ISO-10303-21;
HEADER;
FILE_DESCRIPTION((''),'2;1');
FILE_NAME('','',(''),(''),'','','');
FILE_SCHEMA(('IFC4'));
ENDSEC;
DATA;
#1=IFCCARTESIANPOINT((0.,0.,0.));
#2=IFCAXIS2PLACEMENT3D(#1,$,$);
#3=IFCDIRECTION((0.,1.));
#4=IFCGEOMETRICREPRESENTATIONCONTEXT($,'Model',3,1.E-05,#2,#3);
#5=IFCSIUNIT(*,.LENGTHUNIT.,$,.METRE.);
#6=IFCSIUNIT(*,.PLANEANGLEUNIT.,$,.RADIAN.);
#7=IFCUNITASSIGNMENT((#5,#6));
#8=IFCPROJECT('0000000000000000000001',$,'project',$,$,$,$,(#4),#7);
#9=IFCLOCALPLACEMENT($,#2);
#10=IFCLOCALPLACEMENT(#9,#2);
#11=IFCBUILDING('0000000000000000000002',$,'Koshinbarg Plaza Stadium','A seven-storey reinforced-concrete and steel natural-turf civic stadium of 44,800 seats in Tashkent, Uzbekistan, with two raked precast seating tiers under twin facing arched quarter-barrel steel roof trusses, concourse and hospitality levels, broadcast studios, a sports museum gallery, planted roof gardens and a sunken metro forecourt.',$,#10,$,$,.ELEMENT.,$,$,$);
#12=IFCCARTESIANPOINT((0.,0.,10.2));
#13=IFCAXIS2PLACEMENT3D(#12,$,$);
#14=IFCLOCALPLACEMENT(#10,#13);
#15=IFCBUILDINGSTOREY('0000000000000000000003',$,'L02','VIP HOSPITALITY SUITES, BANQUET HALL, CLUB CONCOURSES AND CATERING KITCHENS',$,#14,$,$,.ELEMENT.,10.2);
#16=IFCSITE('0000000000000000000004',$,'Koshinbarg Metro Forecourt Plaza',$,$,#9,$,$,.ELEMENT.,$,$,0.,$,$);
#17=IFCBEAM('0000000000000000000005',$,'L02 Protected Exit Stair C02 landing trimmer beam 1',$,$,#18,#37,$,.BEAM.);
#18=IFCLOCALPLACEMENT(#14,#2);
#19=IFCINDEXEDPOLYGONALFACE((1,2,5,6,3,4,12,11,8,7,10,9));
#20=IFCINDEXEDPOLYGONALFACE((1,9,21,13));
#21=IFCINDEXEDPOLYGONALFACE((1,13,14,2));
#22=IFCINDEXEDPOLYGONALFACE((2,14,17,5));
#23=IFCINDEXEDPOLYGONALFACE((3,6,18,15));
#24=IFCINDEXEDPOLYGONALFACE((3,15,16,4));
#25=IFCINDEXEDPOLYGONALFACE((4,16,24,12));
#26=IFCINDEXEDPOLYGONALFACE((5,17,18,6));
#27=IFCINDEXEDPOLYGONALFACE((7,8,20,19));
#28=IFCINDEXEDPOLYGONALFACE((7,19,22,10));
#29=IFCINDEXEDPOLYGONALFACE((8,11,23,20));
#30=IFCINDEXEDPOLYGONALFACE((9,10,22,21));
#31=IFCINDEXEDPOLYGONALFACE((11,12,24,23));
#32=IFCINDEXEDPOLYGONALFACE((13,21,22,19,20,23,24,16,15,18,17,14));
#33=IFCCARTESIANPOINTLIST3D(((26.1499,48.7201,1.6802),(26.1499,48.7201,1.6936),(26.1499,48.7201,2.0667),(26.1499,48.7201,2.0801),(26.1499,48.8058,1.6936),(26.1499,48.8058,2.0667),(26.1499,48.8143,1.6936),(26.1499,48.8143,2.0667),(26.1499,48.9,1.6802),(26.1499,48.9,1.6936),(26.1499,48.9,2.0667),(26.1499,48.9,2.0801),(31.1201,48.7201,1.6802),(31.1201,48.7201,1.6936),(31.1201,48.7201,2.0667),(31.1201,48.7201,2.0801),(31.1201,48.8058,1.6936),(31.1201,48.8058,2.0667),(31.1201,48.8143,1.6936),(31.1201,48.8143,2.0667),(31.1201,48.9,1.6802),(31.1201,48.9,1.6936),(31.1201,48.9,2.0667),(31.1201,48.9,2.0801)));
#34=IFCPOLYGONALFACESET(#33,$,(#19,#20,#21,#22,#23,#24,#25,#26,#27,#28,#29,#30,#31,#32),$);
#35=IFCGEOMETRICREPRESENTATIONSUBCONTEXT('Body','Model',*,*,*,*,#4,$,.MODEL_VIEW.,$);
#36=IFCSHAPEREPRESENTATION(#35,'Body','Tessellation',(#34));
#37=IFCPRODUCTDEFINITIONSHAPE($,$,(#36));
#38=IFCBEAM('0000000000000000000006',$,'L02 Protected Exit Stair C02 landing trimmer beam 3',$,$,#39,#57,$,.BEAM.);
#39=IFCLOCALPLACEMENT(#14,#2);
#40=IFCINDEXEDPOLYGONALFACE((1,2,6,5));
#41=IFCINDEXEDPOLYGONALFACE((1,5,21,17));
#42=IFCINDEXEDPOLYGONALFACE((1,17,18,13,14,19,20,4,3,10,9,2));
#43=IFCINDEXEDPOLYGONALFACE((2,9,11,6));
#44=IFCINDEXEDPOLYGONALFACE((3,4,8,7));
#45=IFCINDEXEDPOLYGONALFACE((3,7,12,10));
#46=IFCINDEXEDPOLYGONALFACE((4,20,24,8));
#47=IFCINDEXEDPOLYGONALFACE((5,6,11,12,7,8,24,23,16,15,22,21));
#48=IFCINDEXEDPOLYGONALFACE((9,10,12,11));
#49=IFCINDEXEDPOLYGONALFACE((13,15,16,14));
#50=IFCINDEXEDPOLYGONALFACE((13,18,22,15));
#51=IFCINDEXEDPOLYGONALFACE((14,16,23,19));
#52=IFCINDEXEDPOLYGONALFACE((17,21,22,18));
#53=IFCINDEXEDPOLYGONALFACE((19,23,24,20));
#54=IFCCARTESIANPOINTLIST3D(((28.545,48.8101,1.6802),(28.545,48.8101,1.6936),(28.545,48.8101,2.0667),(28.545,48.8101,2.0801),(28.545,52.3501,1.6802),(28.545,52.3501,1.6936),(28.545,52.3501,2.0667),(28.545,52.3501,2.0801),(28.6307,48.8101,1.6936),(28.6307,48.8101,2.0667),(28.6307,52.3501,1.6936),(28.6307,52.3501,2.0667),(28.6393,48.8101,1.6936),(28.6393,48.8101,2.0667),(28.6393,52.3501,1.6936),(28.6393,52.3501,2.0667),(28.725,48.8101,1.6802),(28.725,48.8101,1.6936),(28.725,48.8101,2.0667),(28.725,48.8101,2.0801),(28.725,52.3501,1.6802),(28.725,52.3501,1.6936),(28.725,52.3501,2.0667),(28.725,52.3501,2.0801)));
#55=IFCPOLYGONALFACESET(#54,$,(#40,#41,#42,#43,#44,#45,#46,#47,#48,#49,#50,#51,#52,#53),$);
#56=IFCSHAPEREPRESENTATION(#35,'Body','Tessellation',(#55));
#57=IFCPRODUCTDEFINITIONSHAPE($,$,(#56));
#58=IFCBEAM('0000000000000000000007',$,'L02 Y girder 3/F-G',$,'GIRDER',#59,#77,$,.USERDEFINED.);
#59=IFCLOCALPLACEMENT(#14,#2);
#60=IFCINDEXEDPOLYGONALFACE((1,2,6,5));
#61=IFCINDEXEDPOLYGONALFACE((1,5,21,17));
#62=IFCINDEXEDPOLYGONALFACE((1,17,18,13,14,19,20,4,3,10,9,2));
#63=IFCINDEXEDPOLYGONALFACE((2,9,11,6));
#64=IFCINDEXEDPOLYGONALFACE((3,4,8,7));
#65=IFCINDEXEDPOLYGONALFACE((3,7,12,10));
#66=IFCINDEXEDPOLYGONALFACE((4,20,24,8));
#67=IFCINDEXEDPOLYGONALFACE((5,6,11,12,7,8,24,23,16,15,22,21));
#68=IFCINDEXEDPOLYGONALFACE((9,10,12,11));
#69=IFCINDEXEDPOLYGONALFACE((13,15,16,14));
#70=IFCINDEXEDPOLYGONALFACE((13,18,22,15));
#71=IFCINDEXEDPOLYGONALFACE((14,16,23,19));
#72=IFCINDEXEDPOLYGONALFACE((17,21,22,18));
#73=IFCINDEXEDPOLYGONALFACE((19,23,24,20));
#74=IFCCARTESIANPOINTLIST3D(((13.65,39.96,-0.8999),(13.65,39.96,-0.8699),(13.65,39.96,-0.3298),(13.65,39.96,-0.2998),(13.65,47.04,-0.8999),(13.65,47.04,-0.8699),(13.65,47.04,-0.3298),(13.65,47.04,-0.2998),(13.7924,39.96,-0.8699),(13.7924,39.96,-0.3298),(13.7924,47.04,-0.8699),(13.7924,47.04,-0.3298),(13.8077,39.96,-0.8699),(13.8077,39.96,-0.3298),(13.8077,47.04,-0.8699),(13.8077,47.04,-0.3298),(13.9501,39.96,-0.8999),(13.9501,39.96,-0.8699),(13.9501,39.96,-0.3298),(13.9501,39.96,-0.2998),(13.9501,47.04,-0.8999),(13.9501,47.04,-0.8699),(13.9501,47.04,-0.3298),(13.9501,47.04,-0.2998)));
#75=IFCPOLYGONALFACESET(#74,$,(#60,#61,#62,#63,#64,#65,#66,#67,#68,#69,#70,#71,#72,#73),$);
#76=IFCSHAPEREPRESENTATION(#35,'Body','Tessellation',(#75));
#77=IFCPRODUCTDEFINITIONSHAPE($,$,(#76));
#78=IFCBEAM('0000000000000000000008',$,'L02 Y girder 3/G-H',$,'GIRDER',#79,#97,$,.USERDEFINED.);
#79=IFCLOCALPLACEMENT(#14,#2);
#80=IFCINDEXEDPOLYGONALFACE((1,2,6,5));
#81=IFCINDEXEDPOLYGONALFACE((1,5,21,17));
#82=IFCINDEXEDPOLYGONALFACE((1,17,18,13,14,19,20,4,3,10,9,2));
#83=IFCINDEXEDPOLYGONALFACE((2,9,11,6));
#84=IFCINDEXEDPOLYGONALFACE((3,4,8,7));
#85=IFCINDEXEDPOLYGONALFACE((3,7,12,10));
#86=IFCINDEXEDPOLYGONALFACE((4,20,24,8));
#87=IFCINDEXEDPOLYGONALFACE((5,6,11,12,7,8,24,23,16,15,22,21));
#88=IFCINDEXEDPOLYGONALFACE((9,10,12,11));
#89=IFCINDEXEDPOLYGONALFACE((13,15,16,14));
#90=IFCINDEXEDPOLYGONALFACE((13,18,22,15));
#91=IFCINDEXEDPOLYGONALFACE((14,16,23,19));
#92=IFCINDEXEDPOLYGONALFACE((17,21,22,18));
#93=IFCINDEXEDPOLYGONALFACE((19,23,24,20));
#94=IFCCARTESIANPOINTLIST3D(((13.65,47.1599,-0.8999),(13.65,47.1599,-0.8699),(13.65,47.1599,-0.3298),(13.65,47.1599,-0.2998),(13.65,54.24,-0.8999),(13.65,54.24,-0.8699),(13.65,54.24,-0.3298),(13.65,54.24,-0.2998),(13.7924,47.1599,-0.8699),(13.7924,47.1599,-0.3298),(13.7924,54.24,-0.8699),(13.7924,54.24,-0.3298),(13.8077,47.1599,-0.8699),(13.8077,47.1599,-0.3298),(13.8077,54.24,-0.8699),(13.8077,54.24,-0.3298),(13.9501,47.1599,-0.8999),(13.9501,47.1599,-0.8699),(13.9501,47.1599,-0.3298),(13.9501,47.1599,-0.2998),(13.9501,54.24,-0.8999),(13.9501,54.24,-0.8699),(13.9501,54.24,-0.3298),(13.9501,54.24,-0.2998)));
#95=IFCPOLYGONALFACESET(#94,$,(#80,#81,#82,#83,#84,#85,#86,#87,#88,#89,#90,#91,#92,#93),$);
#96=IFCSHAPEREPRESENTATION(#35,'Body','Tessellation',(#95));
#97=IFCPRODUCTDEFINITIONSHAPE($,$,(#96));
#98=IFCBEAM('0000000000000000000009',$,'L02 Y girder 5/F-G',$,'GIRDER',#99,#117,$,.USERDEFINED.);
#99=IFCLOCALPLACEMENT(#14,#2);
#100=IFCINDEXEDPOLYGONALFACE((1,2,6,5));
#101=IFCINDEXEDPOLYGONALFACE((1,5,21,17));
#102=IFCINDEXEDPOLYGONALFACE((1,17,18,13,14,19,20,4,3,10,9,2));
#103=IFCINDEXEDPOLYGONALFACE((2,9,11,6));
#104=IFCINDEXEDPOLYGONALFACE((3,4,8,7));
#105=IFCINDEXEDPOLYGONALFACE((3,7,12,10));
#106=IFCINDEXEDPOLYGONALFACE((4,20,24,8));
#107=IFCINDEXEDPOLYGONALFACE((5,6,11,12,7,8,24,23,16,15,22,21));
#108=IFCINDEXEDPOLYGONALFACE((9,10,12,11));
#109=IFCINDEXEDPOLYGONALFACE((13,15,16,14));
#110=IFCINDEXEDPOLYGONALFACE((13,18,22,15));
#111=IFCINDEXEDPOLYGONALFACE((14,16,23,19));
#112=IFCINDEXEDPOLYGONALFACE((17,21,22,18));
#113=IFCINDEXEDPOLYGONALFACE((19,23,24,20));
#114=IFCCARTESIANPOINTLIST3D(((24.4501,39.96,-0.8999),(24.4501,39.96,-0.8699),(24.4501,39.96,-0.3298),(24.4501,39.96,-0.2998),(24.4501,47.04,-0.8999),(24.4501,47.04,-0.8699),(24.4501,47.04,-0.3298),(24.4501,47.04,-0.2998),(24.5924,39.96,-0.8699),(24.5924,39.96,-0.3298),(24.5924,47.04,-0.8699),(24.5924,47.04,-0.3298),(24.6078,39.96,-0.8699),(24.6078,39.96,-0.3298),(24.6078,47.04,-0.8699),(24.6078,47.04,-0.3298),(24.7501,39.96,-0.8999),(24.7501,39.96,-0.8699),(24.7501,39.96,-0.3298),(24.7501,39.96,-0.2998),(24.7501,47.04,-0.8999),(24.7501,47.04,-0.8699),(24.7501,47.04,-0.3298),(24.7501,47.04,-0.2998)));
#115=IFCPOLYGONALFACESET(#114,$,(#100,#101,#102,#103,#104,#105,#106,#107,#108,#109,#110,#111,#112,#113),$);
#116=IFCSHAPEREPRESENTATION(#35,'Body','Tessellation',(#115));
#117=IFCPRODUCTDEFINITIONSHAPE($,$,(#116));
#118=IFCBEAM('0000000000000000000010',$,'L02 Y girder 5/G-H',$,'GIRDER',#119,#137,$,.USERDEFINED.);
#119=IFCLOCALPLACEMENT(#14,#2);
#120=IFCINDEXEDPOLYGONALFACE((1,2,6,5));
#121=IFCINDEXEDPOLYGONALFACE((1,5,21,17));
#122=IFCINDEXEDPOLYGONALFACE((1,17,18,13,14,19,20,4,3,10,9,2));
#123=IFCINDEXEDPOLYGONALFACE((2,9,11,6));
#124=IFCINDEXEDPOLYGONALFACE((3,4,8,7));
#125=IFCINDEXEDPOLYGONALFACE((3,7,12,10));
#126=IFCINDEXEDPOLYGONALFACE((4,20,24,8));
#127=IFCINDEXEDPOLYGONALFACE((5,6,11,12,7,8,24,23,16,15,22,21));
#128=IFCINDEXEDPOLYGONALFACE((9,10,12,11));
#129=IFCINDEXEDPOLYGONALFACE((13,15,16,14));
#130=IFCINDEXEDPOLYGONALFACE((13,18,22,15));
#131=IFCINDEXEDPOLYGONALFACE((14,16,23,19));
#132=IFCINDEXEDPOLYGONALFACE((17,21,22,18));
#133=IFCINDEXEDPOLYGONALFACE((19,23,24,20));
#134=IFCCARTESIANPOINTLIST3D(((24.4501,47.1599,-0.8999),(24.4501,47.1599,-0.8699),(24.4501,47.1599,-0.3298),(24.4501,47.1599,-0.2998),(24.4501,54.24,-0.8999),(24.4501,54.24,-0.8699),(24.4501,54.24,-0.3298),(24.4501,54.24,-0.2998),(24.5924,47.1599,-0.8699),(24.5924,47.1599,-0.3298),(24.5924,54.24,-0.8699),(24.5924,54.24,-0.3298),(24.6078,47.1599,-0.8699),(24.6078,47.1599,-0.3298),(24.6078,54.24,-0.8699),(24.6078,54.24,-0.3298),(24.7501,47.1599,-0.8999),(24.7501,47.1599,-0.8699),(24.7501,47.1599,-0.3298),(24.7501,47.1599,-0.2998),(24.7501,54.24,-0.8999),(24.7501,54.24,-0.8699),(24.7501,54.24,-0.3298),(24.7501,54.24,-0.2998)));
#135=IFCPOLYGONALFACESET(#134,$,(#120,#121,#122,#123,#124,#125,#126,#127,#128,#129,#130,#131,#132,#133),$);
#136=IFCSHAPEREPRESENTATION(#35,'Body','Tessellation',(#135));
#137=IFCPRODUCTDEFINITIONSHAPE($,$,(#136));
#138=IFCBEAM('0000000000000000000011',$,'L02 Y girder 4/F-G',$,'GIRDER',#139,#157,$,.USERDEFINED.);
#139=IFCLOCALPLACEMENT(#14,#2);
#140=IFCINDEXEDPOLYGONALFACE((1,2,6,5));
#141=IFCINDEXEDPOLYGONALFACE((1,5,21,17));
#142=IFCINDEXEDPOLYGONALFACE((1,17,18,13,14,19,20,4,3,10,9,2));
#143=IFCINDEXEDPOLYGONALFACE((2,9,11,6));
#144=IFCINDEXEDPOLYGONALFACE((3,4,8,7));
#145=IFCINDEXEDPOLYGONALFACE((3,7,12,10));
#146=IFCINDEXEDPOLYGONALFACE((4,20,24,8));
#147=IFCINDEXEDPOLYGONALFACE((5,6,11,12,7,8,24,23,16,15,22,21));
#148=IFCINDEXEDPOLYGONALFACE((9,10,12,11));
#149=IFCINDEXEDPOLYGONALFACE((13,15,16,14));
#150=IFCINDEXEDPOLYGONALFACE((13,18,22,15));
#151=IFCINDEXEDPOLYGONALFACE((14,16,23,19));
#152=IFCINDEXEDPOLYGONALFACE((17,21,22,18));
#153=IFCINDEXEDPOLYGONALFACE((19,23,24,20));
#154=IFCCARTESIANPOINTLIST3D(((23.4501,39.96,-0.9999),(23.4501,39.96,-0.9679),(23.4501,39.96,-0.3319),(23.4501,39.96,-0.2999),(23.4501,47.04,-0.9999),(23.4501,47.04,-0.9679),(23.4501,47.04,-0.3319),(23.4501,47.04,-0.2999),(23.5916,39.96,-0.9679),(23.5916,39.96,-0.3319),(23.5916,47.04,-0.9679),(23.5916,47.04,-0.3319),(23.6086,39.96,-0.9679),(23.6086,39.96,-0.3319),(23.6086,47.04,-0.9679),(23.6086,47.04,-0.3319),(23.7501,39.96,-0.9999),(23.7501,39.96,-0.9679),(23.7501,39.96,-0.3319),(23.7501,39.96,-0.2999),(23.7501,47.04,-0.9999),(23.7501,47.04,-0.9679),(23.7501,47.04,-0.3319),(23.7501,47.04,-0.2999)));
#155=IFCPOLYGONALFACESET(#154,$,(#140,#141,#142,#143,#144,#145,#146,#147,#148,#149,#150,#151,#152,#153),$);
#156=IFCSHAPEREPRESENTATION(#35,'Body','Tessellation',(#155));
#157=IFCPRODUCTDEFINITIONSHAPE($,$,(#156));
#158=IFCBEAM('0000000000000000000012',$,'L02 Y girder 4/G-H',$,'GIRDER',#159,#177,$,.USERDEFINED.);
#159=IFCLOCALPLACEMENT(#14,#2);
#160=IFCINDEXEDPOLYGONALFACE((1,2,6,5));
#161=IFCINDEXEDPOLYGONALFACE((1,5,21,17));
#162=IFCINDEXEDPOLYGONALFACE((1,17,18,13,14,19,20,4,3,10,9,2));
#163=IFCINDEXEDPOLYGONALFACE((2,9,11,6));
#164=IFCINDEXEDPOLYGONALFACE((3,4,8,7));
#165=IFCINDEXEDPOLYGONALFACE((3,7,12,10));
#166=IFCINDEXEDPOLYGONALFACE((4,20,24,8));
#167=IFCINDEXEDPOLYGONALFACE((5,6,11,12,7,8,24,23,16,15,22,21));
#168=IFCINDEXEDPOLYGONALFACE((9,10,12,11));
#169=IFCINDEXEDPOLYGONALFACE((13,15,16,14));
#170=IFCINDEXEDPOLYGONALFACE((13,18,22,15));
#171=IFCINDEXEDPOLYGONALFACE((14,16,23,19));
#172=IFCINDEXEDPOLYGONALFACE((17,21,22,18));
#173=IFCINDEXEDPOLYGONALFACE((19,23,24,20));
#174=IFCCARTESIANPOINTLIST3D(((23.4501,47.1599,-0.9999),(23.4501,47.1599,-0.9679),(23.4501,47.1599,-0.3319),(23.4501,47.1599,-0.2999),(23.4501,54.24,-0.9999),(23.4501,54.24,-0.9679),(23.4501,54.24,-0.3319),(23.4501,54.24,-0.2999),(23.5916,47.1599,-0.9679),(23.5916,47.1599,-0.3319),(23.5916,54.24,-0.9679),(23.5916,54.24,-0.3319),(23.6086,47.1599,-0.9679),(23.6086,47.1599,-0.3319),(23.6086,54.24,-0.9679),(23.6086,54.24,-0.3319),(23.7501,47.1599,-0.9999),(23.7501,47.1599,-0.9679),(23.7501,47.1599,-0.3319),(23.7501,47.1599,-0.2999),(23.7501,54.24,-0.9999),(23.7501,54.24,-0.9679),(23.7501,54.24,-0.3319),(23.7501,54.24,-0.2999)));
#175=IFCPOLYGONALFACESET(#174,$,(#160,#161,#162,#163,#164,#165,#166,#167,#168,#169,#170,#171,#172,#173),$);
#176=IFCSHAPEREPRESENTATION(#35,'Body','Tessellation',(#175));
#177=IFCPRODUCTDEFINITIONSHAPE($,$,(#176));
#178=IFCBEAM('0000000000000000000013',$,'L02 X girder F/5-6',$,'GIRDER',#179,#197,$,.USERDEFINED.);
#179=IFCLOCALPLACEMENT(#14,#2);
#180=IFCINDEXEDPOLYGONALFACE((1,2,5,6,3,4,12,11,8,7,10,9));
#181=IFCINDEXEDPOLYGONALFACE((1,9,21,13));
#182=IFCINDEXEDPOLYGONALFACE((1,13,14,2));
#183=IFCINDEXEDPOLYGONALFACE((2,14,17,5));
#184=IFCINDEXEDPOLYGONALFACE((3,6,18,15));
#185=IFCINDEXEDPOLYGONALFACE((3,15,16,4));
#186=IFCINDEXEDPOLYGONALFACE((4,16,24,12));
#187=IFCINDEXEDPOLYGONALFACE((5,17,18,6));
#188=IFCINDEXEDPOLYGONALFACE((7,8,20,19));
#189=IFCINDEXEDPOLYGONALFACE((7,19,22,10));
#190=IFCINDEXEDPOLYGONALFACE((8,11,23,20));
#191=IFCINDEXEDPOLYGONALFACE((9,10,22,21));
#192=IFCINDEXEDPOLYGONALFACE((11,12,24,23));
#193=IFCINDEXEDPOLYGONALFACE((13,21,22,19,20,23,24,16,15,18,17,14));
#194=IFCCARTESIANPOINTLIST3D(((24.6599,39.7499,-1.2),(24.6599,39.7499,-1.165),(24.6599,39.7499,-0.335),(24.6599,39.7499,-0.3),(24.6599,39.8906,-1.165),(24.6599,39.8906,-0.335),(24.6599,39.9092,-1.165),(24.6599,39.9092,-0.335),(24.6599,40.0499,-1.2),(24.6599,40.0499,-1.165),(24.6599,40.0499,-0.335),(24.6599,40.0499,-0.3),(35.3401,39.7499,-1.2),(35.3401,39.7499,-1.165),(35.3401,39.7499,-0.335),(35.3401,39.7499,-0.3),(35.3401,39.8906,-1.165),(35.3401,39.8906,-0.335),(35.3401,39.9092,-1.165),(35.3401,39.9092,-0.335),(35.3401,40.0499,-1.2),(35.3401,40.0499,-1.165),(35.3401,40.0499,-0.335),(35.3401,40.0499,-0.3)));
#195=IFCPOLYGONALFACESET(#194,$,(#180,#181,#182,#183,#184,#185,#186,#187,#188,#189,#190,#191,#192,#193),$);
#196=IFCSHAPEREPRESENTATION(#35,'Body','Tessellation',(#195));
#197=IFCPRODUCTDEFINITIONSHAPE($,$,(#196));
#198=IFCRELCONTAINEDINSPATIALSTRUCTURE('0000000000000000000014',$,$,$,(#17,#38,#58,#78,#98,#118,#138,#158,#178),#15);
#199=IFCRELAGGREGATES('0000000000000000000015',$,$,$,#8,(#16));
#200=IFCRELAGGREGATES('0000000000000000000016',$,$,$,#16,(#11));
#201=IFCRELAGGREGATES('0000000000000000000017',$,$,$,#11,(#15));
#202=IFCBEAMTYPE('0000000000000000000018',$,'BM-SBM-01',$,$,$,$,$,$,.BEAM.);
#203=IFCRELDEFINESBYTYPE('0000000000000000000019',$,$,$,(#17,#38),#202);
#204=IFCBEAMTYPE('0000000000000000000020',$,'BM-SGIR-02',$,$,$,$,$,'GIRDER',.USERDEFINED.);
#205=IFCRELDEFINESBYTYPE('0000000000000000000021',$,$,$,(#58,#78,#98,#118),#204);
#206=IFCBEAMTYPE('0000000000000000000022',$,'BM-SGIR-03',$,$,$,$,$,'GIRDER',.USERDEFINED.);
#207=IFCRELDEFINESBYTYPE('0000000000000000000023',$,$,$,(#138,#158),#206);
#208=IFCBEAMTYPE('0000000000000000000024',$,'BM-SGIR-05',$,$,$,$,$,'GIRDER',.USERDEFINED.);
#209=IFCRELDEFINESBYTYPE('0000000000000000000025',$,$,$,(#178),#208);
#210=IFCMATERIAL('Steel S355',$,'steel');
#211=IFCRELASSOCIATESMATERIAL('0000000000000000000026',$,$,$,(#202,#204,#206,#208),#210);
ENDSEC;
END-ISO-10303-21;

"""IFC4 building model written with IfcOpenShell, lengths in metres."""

from ifc_helpers import new_model, si_unit, direction, frame, origin, origin_2d, place, context, subcontext, project, spatial, i_section, extrude, material, material_profile, profile_set, type_object, element, save


model = new_model("IFC4")

# Units and contexts
model_context = context("Model", 3, precision=1e-05, world=origin(), true_north=direction((0.0, 1.0)))
body_context = subcontext(model_context, "Body", "Model", "MODEL_VIEW")
ifc_project = project(units=[si_unit("LENGTHUNIT", "METRE"), si_unit("PLANEANGLEUNIT", "RADIAN")], contexts=[model_context])

# Site, building, storey
site_placement = place(None, origin())
site = spatial("IfcSite", under=ifc_project, at=site_placement, Name="Koshinbarg Metro Forecourt Plaza", CompositionType="ELEMENT", RefElevation=0.0)
building_placement = place(site_placement, origin())
building = spatial("IfcBuilding", under=site, at=building_placement, Name="Koshinbarg Plaza Stadium", Description="A seven-storey reinforced-concrete and steel natural-turf civic stadium of 44,800 seats in Tashkent, Uzbekistan, with two raked precast seating tiers under twin facing arched quarter-barrel steel roof trusses, concourse and hospitality levels, broadcast studios, a sports museum gallery, planted roof gardens and a sunken metro forecourt.", CompositionType="ELEMENT")
storey_placement = place(building_placement, frame((0.0, 0.0, 10.2)))
storey = spatial("IfcBuildingStorey", under=building, at=storey_placement, Name="L02", Description="VIP HOSPITALITY SUITES, BANQUET HALL, CLUB CONCOURSES AND CATERING KITCHENS", CompositionType="ELEMENT", Elevation=10.2)

# Shared definitions
ifc_material_1 = material(Name="Steel S355", Category="steel")

# Beams
ifc_material_profile_1 = material_profile(ifc_material_1, i_section(OverallWidth=0.1799, OverallDepth=0.3999, WebThickness=0.0085, FlangeThickness=0.0134, at=origin_2d()), Name="IPE 400")
ifc_profile_set_1 = profile_set([ifc_material_profile_1], Name="Steel S355")
beam_type_1 = type_object("IfcBeamType", Name="BM-SBM-01", PredefinedType="BEAM", material=ifc_profile_set_1)
for number, where, z_axis, x_axis, name in (
    (1, (26.1499, 48.8101, 1.8801), (1.0, 0.0, 0.0), (0.0, 1.0, 0.0), "L02 Protected Exit Stair C02 landing trimmer beam 1"),
):
    element("IfcBeam", number, at=place(storey_placement, frame(where, z_axis=z_axis, x_axis=x_axis)), inside=storey, type_object=beam_type_1, Name=name, PredefinedType="BEAM", context=body_context, shape_type="SweptSolid", body=[
        extrude(i_section(OverallWidth=0.1799, OverallDepth=0.3999, WebThickness=0.0085, FlangeThickness=0.0134, at=origin_2d()), origin(), (0.0, 0.0, 1.0), 4.9702),
    ])
beam_1_placement = place(storey_placement, frame((28.635, 48.8101, 1.8801), z_axis=(0.0, 1.0, 0.0), x_axis=(-1.0, 0.0, 0.0)))
element("IfcBeam", 2, at=beam_1_placement, inside=storey, type_object=beam_type_1, Name="L02 Protected Exit Stair C02 landing trimmer beam 3", PredefinedType="BEAM", context=body_context, shape_type="SweptSolid", body=[
    extrude(i_section(OverallWidth=0.1799, OverallDepth=0.3999, WebThickness=0.0085, FlangeThickness=0.0134, at=origin_2d()), origin(), (0.0, 0.0, 1.0), 3.54),
])
ifc_material_profile_2 = material_profile(ifc_material_1, i_section(OverallWidth=0.3, OverallDepth=0.6001, WebThickness=0.0154, FlangeThickness=0.03, at=origin_2d()), Name="HEB 600")
ifc_profile_set_2 = profile_set([ifc_material_profile_2], Name="Steel S355")
beam_type_2 = type_object("IfcBeamType", Name="BM-SGIR-02", ElementType="GIRDER", PredefinedType="USERDEFINED", material=ifc_profile_set_2)
for number, where, z_axis, x_axis, name in (
    (3, (13.8, 39.96, -0.5999), (0.0, 1.0, 0.0), (-1.0, 0.0, 0.0), "L02 Y girder 3/F-G"),
    (4, (13.8, 47.1599, -0.5999), (0.0, 1.0, 0.0), (-1.0, 0.0, 0.0), "L02 Y girder 3/G-H"),
    (5, (24.6001, 39.96, -0.5999), (0.0, 1.0, 0.0), (-1.0, 0.0, 0.0), "L02 Y girder 5/F-G"),
    (6, (24.6001, 47.1599, -0.5999), (0.0, 1.0, 0.0), (-1.0, 0.0, 0.0), "L02 Y girder 5/G-H"),
):
    element("IfcBeam", number, at=place(storey_placement, frame(where, z_axis=z_axis, x_axis=x_axis)), inside=storey, type_object=beam_type_2, Name=name, ObjectType="GIRDER", PredefinedType="USERDEFINED", context=body_context, shape_type="SweptSolid", body=[
        extrude(i_section(OverallWidth=0.3, OverallDepth=0.6001, WebThickness=0.0154, FlangeThickness=0.03, at=origin_2d()), origin(), (0.0, 0.0, 1.0), 7.0801),
    ])
ifc_material_profile_3 = material_profile(ifc_material_1, i_section(OverallWidth=0.3, OverallDepth=0.7, WebThickness=0.0171, FlangeThickness=0.032, at=origin_2d()), Name="HEB 700")
ifc_profile_set_3 = profile_set([ifc_material_profile_3], Name="Steel S355")
beam_type_3 = type_object("IfcBeamType", Name="BM-SGIR-03", ElementType="GIRDER", PredefinedType="USERDEFINED", material=ifc_profile_set_3)
for number, where, z_axis, x_axis, name in (
    (7, (23.6001, 39.96, -0.6499), (0.0, 1.0, 0.0), (-1.0, 0.0, 0.0), "L02 Y girder 4/F-G"),
    (8, (23.6001, 47.1599, -0.6499), (0.0, 1.0, 0.0), (-1.0, 0.0, 0.0), "L02 Y girder 4/G-H"),
):
    element("IfcBeam", number, at=place(storey_placement, frame(where, z_axis=z_axis, x_axis=x_axis)), inside=storey, type_object=beam_type_3, Name=name, ObjectType="GIRDER", PredefinedType="USERDEFINED", context=body_context, shape_type="SweptSolid", body=[
        extrude(i_section(OverallWidth=0.3, OverallDepth=0.7, WebThickness=0.0171, FlangeThickness=0.032, at=origin_2d()), origin(), (0.0, 0.0, 1.0), 7.0801),
    ])
ifc_material_profile_4 = material_profile(ifc_material_1, i_section(OverallWidth=0.3, OverallDepth=0.8999, WebThickness=0.0186, FlangeThickness=0.0349, at=origin_2d()), Name="HEB 900")
ifc_profile_set_4 = profile_set([ifc_material_profile_4], Name="Steel S355")
beam_type_4 = type_object("IfcBeamType", Name="BM-SGIR-05", ElementType="GIRDER", PredefinedType="USERDEFINED", material=ifc_profile_set_4)
beam_2_placement = place(storey_placement, frame((24.6599, 39.8999, -0.75), z_axis=(1.0, 0.0, 0.0), x_axis=(0.0, 1.0, 0.0)))
element("IfcBeam", 9, at=beam_2_placement, inside=storey, type_object=beam_type_4, Name="L02 X girder F/5-6", ObjectType="GIRDER", PredefinedType="USERDEFINED", context=body_context, shape_type="SweptSolid", body=[
    extrude(i_section(OverallWidth=0.3, OverallDepth=0.8999, WebThickness=0.0186, FlangeThickness=0.0349, at=origin_2d()), origin(), (0.0, 0.0, 1.0), 10.6802),
])

save(model, "model.ifc")
